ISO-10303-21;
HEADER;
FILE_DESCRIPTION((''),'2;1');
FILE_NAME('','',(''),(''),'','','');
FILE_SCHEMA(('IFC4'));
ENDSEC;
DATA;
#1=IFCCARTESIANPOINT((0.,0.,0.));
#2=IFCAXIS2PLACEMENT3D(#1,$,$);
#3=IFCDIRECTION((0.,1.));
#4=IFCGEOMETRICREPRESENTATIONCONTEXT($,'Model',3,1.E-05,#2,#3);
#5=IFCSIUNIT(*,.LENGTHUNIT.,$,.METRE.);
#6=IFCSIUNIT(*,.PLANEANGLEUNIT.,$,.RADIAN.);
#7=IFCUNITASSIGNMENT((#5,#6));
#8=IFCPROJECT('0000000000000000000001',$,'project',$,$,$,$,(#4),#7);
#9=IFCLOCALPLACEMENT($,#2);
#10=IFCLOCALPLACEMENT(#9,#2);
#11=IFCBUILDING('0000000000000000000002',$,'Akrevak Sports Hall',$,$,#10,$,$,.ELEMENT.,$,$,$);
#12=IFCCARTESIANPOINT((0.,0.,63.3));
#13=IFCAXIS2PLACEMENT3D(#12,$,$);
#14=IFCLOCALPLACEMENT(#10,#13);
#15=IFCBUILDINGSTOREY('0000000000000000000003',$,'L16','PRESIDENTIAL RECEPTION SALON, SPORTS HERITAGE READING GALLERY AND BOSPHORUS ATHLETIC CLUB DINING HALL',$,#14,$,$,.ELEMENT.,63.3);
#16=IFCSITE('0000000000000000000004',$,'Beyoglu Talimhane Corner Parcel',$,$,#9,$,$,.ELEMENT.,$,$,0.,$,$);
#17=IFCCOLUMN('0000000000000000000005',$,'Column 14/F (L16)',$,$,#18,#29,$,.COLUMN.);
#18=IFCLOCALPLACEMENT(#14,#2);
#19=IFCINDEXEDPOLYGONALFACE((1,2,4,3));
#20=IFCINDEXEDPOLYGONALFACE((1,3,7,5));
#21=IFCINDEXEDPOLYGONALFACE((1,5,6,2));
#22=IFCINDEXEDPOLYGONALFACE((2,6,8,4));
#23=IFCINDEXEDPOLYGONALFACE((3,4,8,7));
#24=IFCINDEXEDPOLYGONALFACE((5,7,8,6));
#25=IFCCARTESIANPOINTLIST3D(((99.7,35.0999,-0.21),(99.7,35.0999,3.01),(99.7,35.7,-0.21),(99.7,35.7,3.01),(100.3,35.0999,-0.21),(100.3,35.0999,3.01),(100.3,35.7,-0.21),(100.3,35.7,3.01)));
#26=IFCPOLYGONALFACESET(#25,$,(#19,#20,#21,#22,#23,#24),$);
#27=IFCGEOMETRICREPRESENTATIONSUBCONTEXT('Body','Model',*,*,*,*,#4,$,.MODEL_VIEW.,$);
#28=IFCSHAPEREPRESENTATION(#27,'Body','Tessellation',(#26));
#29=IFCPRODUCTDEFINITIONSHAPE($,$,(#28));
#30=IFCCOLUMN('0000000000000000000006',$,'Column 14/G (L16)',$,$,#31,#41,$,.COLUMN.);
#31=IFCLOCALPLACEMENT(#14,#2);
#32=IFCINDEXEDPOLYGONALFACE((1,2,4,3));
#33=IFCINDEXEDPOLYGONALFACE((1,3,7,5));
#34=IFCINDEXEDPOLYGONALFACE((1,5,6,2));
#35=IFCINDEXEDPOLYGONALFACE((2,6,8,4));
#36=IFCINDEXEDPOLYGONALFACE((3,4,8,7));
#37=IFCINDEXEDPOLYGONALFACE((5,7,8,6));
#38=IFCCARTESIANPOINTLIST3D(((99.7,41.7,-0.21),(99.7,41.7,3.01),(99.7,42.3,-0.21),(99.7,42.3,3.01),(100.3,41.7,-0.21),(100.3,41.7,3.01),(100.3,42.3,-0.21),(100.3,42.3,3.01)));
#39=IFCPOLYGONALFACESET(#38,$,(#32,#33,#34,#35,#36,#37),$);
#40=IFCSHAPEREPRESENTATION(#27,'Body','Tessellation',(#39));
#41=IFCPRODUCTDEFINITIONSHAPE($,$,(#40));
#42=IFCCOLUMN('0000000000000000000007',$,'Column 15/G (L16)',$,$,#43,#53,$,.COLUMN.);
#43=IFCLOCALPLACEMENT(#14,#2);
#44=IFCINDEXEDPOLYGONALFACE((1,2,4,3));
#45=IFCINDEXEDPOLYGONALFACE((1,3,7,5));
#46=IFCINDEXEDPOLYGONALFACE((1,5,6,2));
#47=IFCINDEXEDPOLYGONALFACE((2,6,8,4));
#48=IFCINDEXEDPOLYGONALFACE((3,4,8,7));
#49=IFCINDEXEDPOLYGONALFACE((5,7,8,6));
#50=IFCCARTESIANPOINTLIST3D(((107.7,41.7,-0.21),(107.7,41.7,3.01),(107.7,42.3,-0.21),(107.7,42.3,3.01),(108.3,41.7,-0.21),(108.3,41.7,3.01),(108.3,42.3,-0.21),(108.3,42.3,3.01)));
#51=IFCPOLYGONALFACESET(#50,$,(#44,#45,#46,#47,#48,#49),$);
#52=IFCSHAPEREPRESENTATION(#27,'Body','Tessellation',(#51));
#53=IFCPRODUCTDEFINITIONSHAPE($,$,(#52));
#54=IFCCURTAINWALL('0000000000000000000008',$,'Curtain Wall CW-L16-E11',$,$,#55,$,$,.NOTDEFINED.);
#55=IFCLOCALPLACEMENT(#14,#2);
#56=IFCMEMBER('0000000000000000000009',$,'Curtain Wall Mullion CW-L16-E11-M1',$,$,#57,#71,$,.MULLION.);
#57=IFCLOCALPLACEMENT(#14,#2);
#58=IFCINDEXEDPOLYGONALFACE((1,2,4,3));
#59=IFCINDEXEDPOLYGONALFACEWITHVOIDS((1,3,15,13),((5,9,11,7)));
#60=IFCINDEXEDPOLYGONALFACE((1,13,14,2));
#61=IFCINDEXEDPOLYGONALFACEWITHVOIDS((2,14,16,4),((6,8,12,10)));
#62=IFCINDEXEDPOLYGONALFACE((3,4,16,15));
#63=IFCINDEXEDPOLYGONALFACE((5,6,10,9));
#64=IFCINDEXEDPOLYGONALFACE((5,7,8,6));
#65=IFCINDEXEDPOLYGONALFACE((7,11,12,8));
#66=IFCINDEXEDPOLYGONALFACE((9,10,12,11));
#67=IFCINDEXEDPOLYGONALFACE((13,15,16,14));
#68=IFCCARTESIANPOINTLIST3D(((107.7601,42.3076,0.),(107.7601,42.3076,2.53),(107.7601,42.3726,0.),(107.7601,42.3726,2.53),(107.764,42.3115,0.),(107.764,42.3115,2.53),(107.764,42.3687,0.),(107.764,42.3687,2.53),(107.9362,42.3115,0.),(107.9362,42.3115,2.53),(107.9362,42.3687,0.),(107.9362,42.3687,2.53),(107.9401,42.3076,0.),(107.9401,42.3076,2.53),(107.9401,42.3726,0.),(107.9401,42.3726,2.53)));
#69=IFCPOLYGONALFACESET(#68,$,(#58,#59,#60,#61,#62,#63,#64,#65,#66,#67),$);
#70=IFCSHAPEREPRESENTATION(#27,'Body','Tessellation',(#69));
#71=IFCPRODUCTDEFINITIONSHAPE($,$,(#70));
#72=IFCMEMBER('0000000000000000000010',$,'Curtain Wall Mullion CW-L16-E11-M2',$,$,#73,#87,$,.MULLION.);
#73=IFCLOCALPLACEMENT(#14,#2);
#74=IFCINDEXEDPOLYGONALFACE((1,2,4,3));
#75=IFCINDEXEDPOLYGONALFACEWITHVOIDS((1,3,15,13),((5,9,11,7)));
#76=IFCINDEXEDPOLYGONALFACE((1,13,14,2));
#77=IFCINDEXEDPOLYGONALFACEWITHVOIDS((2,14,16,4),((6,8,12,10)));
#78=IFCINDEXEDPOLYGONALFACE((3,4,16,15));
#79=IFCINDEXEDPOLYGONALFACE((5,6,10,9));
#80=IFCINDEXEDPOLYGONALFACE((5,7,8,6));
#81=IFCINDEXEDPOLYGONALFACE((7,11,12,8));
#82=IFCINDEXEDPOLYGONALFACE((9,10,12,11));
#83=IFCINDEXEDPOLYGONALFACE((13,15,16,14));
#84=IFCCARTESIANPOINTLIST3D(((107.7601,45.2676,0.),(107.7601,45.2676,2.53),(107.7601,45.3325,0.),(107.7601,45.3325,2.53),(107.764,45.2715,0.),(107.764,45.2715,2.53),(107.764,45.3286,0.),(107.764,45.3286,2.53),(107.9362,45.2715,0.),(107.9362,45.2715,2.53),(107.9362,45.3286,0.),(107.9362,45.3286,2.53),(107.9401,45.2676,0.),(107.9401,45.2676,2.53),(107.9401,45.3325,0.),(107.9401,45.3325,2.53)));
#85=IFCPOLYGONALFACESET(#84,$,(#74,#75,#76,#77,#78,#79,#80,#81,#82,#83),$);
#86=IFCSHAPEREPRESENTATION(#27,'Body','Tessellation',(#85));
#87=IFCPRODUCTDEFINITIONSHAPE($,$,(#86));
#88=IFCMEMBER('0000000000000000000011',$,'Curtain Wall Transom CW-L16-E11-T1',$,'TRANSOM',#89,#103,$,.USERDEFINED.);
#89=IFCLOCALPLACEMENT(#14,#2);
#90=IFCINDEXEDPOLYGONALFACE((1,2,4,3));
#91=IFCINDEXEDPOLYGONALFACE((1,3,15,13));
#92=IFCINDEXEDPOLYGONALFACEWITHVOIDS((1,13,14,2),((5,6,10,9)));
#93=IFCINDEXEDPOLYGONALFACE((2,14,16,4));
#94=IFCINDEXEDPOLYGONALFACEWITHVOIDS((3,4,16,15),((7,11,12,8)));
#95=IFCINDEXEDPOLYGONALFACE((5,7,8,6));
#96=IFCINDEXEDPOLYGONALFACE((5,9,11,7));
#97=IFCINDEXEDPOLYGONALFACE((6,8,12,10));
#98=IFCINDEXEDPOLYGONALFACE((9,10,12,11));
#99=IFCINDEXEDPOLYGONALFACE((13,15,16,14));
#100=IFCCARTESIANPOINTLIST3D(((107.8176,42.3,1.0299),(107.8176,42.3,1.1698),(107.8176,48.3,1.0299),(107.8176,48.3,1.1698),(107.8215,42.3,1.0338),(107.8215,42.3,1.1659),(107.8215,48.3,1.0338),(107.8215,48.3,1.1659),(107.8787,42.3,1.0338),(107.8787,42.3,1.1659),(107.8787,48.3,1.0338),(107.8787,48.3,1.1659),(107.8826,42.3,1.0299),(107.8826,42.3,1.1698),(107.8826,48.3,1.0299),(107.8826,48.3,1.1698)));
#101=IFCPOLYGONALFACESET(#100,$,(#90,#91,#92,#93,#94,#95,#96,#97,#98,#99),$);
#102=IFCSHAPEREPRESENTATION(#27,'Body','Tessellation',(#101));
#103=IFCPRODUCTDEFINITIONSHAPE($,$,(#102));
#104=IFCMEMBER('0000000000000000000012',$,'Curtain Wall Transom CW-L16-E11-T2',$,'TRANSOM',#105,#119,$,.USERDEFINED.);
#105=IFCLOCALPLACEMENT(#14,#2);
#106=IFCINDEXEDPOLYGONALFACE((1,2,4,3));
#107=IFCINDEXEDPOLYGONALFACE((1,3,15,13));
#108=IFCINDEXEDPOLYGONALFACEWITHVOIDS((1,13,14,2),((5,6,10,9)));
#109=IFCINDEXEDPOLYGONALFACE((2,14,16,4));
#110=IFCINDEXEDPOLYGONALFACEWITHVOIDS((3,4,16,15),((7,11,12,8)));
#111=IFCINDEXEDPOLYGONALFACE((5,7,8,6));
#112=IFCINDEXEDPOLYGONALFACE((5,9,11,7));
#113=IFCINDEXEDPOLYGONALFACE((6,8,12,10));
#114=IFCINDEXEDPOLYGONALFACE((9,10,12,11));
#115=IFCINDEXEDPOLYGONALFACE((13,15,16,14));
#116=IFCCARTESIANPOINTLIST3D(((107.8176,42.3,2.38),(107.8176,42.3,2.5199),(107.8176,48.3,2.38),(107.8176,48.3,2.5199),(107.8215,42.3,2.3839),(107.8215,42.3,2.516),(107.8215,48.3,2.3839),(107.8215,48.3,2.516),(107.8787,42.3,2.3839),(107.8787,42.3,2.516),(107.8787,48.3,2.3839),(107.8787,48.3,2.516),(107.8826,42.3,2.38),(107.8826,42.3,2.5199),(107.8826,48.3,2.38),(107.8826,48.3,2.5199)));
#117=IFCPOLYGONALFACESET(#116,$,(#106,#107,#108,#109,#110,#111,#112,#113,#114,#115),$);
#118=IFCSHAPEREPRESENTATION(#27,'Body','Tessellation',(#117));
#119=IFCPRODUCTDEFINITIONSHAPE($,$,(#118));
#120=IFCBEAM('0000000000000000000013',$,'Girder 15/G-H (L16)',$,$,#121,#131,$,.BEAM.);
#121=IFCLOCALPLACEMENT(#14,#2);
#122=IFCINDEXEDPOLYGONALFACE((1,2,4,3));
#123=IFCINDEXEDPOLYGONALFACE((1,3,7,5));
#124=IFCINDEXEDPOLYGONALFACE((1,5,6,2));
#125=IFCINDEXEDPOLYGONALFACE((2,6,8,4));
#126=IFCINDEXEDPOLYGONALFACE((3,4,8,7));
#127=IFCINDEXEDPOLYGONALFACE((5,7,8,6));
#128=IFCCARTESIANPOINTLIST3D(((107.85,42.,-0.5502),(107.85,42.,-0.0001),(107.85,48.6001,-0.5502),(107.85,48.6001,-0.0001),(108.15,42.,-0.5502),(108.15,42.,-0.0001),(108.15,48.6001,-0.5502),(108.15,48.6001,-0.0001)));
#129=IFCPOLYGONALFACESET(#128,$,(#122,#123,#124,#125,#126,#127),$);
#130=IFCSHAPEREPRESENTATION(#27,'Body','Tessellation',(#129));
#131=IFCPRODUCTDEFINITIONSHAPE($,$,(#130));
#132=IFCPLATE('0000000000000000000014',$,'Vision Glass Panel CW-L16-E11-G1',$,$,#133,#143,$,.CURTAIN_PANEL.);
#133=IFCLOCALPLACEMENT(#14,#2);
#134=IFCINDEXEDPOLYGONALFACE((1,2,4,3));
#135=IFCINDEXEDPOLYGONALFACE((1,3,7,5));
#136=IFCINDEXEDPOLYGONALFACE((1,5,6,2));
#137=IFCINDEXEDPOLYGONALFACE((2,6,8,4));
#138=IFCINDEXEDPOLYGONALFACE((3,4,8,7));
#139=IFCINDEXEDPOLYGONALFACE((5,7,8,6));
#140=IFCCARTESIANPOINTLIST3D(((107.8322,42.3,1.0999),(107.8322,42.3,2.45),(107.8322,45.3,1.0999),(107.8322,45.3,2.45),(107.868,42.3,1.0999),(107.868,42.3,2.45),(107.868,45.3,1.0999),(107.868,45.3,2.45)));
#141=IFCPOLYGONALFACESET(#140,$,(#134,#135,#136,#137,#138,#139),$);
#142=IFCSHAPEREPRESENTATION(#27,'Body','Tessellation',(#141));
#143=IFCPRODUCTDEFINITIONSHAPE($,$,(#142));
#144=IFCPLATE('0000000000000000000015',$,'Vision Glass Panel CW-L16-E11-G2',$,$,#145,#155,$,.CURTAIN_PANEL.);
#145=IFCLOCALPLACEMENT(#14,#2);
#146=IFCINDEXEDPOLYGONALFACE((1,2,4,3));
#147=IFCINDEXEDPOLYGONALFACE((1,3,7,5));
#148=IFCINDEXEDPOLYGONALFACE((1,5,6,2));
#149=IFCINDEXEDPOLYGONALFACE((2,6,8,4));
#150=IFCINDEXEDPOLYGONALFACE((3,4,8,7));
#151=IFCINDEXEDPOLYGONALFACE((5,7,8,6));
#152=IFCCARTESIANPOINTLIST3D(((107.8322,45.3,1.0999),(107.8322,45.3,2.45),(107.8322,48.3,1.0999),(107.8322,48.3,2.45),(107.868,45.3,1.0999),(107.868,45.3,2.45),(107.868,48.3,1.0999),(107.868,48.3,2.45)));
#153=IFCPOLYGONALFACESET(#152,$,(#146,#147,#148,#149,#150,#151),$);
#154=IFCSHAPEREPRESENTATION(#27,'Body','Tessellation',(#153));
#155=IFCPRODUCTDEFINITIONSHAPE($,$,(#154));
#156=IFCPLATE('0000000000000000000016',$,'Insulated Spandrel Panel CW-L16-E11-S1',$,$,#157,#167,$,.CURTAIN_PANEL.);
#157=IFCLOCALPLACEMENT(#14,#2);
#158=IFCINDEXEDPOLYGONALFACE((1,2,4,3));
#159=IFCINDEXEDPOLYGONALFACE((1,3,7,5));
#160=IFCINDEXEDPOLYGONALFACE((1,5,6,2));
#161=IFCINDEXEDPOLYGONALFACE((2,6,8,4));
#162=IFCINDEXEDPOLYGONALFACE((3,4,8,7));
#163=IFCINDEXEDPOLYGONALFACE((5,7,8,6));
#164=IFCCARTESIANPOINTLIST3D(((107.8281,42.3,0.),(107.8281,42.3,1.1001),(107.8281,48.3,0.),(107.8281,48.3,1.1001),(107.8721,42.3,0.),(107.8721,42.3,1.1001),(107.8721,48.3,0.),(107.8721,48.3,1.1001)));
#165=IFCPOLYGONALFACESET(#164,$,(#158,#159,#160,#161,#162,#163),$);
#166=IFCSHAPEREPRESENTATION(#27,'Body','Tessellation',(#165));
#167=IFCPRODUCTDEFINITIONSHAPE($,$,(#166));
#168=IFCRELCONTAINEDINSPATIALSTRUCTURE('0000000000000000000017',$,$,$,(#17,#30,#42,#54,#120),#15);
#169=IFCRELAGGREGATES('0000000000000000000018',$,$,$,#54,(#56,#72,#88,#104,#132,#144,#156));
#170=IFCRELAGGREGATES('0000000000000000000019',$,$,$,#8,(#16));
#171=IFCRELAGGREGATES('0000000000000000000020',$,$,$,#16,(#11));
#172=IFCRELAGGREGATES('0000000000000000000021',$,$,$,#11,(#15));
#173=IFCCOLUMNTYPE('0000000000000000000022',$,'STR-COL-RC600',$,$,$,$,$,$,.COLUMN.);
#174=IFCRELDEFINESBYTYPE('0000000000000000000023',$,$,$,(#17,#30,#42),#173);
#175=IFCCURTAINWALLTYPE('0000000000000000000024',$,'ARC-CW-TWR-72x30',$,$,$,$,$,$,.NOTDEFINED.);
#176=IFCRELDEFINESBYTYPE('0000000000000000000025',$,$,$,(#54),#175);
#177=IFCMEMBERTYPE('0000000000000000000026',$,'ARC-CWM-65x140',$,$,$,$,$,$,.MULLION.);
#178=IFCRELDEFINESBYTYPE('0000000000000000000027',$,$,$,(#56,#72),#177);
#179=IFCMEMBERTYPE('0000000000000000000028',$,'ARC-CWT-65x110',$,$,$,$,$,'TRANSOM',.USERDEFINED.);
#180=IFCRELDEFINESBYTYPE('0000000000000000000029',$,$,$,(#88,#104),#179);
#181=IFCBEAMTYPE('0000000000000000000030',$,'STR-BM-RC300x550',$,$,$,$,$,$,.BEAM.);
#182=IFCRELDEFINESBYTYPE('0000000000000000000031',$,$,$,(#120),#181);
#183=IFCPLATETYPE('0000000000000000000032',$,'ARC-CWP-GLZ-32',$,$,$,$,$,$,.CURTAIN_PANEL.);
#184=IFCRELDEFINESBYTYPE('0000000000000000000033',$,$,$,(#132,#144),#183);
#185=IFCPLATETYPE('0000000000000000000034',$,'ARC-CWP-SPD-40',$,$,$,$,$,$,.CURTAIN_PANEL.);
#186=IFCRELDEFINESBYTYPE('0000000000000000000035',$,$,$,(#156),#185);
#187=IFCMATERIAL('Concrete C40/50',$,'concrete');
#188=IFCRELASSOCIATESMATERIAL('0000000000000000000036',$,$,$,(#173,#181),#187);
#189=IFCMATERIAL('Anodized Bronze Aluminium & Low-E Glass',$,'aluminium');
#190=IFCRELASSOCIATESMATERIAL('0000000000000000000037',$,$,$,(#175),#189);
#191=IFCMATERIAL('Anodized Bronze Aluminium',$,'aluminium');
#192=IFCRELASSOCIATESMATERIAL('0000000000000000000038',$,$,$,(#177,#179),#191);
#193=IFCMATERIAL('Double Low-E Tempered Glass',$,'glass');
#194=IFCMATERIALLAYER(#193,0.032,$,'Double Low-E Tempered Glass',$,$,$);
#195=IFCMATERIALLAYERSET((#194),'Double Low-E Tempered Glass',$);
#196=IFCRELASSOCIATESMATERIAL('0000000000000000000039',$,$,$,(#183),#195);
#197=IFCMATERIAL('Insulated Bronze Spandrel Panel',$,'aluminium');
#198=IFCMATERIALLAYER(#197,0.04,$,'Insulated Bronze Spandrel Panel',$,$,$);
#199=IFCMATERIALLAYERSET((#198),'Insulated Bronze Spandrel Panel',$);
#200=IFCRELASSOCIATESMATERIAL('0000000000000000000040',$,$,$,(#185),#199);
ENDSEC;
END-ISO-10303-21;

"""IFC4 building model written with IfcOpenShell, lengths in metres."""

from ifc_helpers import new_model, si_unit, direction, frame, origin, origin_2d, place, context, subcontext, project, spatial, rectangle, hollow_rectangle, extrude, material, layer, layer_set, material_profile, profile_set, type_object, element, aggregate, save


model = new_model("IFC4")

# Units and contexts
model_context = context("Model", 3, precision=1e-05, world=origin(), true_north=direction((0.0, 1.0)))
body_context = subcontext(model_context, "Body", "Model", "MODEL_VIEW")
ifc_project = project(units=[si_unit("LENGTHUNIT", "METRE"), si_unit("PLANEANGLEUNIT", "RADIAN")], contexts=[model_context])

# Site, building, storey
site_placement = place(None, origin())
site = spatial("IfcSite", under=ifc_project, at=site_placement, Name="Beyoglu Talimhane Corner Parcel", CompositionType="ELEMENT", RefElevation=0.0)
building_placement = place(site_placement, origin())
building = spatial("IfcBuilding", under=site, at=building_placement, Name="Akrevak Sports Hall", CompositionType="ELEMENT")
storey_placement = place(building_placement, frame((0.0, 0.0, 63.3)))
storey = spatial("IfcBuildingStorey", under=building, at=storey_placement, Name="L16", Description="PRESIDENTIAL RECEPTION SALON, SPORTS HERITAGE READING GALLERY AND BOSPHORUS ATHLETIC CLUB DINING HALL", CompositionType="ELEMENT", Elevation=63.3)

# Columns
ifc_material_1 = material(Name="Concrete C40/50", Category="concrete")
ifc_material_profile_1 = material_profile(ifc_material_1, rectangle(XDim=0.6001, YDim=0.6001, at=origin_2d()), Name="RC 600x600", Category="concrete")
ifc_profile_set_1 = profile_set([ifc_material_profile_1], Name="Concrete C40/50")
column_type = type_object("IfcColumnType", Name="STR-COL-RC600", PredefinedType="COLUMN", material=ifc_profile_set_1)
for number, where, z_axis, x_axis, name in (
    (1, (100.0, 35.3999, -0.21), (0.0, 0.0, 1.0), (1.0, 0.0, 0.0), "Column 14/F (L16)"),
    (2, (100.0, 42.0, -0.21), (0.0, 0.0, 1.0), (1.0, 0.0, 0.0), "Column 14/G (L16)"),
    (3, (108.0, 42.0, -0.21), (0.0, 0.0, 1.0), (1.0, 0.0, 0.0), "Column 15/G (L16)"),
):
    element("IfcColumn", number, at=place(storey_placement, frame(where, z_axis=z_axis, x_axis=x_axis)), inside=storey, type_object=column_type, Name=name, PredefinedType="COLUMN", context=body_context, shape_type="SweptSolid", body=[
        extrude(rectangle(XDim=0.6001, YDim=0.6001, at=origin_2d()), origin(), (0.0, 0.0, 1.0), 3.22),
    ])

# Curtain wall, members
ifc_material_2 = material(Name="Anodized Bronze Aluminium & Low-E Glass", Category="aluminium")
curtain_wall_type = type_object("IfcCurtainWallType", Name="ARC-CW-TWR-72x30", PredefinedType="NOTDEFINED", material=ifc_material_2)
curtain_wall_placement = place(storey_placement, origin())
curtain_wall = element("IfcCurtainWall", 4, at=curtain_wall_placement, inside=storey, type_object=curtain_wall_type, Name="Curtain Wall CW-L16-E11", PredefinedType="NOTDEFINED")
ifc_material_3 = material(Name="Anodized Bronze Aluminium", Category="aluminium")
ifc_material_profile_2 = material_profile(ifc_material_3, hollow_rectangle(XDim=0.0649, YDim=0.1799, WallThickness=0.0039, at=origin_2d()), Name="CWM 65x180", Category="aluminium")
ifc_profile_set_2 = profile_set([ifc_material_profile_2], Name="Anodized Bronze Aluminium")
member_type_1 = type_object("IfcMemberType", Name="ARC-CWM-65x140", PredefinedType="MULLION", material=ifc_profile_set_2)
member_1_placement = place(storey_placement, frame((107.8501, 42.3401, 0.0), z_axis=(0.0, 0.0, 1.0), x_axis=(0.0, 1.0, 0.0)))
member_1 = element("IfcMember", 5, at=member_1_placement, type_object=member_type_1, Name="Curtain Wall Mullion CW-L16-E11-M1", PredefinedType="MULLION", context=body_context, shape_type="SweptSolid", body=[
    extrude(hollow_rectangle(XDim=0.0649, YDim=0.1799, WallThickness=0.0039, at=origin_2d()), origin(), (0.0, 0.0, 1.0), 2.53),
])
member_2_placement = place(storey_placement, frame((107.8501, 45.3, 0.0), z_axis=(0.0, 0.0, 1.0), x_axis=(0.0, 1.0, 0.0)))
member_2 = element("IfcMember", 6, at=member_2_placement, type_object=member_type_1, Name="Curtain Wall Mullion CW-L16-E11-M2", PredefinedType="MULLION", context=body_context, shape_type="SweptSolid", body=[
    extrude(hollow_rectangle(XDim=0.0649, YDim=0.1799, WallThickness=0.0039, at=origin_2d()), origin(), (0.0, 0.0, 1.0), 2.53),
])
ifc_material_profile_3 = material_profile(ifc_material_3, hollow_rectangle(XDim=0.0649, YDim=0.1399, WallThickness=0.0039, at=origin_2d()), Name="CWT 65x140", Category="aluminium")
ifc_profile_set_3 = profile_set([ifc_material_profile_3], Name="Anodized Bronze Aluminium")
member_type_2 = type_object("IfcMemberType", Name="ARC-CWT-65x110", ElementType="TRANSOM", PredefinedType="USERDEFINED", material=ifc_profile_set_3)
member_3_placement = place(storey_placement, frame((107.8501, 42.3, 1.0999), z_axis=(0.0, 1.0, 0.0), x_axis=(-1.0, 0.0, 0.0)))
member_3 = element("IfcMember", 7, at=member_3_placement, type_object=member_type_2, Name="Curtain Wall Transom CW-L16-E11-T1", ObjectType="TRANSOM", PredefinedType="USERDEFINED", context=body_context, shape_type="SweptSolid", body=[
    extrude(hollow_rectangle(XDim=0.0649, YDim=0.1399, WallThickness=0.0039, at=origin_2d()), origin(), (0.0, 0.0, 1.0), 6.0),
])
member_4_placement = place(storey_placement, frame((107.8501, 42.3, 2.45), z_axis=(0.0, 1.0, 0.0), x_axis=(-1.0, 0.0, 0.0)))
member_4 = element("IfcMember", 8, at=member_4_placement, type_object=member_type_2, Name="Curtain Wall Transom CW-L16-E11-T2", ObjectType="TRANSOM", PredefinedType="USERDEFINED", context=body_context, shape_type="SweptSolid", body=[
    extrude(hollow_rectangle(XDim=0.0649, YDim=0.1399, WallThickness=0.0039, at=origin_2d()), origin(), (0.0, 0.0, 1.0), 6.0),
])

# Beam
ifc_material_profile_4 = material_profile(ifc_material_1, rectangle(XDim=0.3, YDim=0.55, at=origin_2d()), Name="BM 300x550", Category="concrete")
ifc_profile_set_4 = profile_set([ifc_material_profile_4], Name="Concrete C40/50")
beam_type = type_object("IfcBeamType", Name="STR-BM-RC300x550", PredefinedType="BEAM", material=ifc_profile_set_4)
beam_placement = place(storey_placement, frame((108.0, 42.0, -0.2751), z_axis=(0.0, 1.0, 0.0), x_axis=(-1.0, 0.0, 0.0)))
element("IfcBeam", 9, at=beam_placement, inside=storey, type_object=beam_type, Name="Girder 15/G-H (L16)", PredefinedType="BEAM", context=body_context, shape_type="SweptSolid", body=[
    extrude(rectangle(XDim=0.3, YDim=0.55, at=origin_2d()), origin(), (0.0, 0.0, 1.0), 6.6001),
])

# Plates
ifc_material_4 = material(Name="Double Low-E Tempered Glass", Category="glass")
ifc_layer_1 = layer(ifc_material_4, 0.032, Name="Double Low-E Tempered Glass")
ifc_layer_set_1 = layer_set([ifc_layer_1], Name="Double Low-E Tempered Glass")
plate_type_1 = type_object("IfcPlateType", Name="ARC-CWP-GLZ-32", PredefinedType="CURTAIN_PANEL", material=ifc_layer_set_1)
plate_1_placement = place(storey_placement, frame((107.8501, 43.8, 1.0999), z_axis=(0.0, 0.0, 1.0), x_axis=(0.0, 1.0, 0.0)))
plate_1 = element("IfcPlate", 10, at=plate_1_placement, type_object=plate_type_1, Name="Vision Glass Panel CW-L16-E11-G1", PredefinedType="CURTAIN_PANEL", context=body_context, shape_type="SweptSolid", body=[
    extrude(rectangle(XDim=3.0, YDim=0.0359, at=origin_2d()), origin(), (0.0, 0.0, 1.0), 1.3501),
])
plate_2_placement = place(storey_placement, frame((107.8501, 46.8, 1.0999), z_axis=(0.0, 0.0, 1.0), x_axis=(0.0, 1.0, 0.0)))
plate_2 = element("IfcPlate", 11, at=plate_2_placement, type_object=plate_type_1, Name="Vision Glass Panel CW-L16-E11-G2", PredefinedType="CURTAIN_PANEL", context=body_context, shape_type="SweptSolid", body=[
    extrude(rectangle(XDim=3.0, YDim=0.0359, at=origin_2d()), origin(), (0.0, 0.0, 1.0), 1.3501),
])
ifc_material_5 = material(Name="Insulated Bronze Spandrel Panel", Category="aluminium")
ifc_layer_2 = layer(ifc_material_5, 0.04, Name="Insulated Bronze Spandrel Panel")
ifc_layer_set_2 = layer_set([ifc_layer_2], Name="Insulated Bronze Spandrel Panel")
plate_type_2 = type_object("IfcPlateType", Name="ARC-CWP-SPD-40", PredefinedType="CURTAIN_PANEL", material=ifc_layer_set_2)
plate_3_placement = place(storey_placement, frame((107.8501, 45.3, 0.0), z_axis=(0.0, 0.0, 1.0), x_axis=(0.0, 1.0, 0.0)))
plate_3 = element("IfcPlate", 12, at=plate_3_placement, type_object=plate_type_2, Name="Insulated Spandrel Panel CW-L16-E11-S1", PredefinedType="CURTAIN_PANEL", context=body_context, shape_type="SweptSolid", body=[
    extrude(rectangle(XDim=6.0, YDim=0.0439, at=origin_2d()), origin(), (0.0, 0.0, 1.0), 1.1001),
])
aggregate(curtain_wall, [member_1, member_2, member_3, member_4, plate_1, plate_2, plate_3])

save(model, "model.ifc")
